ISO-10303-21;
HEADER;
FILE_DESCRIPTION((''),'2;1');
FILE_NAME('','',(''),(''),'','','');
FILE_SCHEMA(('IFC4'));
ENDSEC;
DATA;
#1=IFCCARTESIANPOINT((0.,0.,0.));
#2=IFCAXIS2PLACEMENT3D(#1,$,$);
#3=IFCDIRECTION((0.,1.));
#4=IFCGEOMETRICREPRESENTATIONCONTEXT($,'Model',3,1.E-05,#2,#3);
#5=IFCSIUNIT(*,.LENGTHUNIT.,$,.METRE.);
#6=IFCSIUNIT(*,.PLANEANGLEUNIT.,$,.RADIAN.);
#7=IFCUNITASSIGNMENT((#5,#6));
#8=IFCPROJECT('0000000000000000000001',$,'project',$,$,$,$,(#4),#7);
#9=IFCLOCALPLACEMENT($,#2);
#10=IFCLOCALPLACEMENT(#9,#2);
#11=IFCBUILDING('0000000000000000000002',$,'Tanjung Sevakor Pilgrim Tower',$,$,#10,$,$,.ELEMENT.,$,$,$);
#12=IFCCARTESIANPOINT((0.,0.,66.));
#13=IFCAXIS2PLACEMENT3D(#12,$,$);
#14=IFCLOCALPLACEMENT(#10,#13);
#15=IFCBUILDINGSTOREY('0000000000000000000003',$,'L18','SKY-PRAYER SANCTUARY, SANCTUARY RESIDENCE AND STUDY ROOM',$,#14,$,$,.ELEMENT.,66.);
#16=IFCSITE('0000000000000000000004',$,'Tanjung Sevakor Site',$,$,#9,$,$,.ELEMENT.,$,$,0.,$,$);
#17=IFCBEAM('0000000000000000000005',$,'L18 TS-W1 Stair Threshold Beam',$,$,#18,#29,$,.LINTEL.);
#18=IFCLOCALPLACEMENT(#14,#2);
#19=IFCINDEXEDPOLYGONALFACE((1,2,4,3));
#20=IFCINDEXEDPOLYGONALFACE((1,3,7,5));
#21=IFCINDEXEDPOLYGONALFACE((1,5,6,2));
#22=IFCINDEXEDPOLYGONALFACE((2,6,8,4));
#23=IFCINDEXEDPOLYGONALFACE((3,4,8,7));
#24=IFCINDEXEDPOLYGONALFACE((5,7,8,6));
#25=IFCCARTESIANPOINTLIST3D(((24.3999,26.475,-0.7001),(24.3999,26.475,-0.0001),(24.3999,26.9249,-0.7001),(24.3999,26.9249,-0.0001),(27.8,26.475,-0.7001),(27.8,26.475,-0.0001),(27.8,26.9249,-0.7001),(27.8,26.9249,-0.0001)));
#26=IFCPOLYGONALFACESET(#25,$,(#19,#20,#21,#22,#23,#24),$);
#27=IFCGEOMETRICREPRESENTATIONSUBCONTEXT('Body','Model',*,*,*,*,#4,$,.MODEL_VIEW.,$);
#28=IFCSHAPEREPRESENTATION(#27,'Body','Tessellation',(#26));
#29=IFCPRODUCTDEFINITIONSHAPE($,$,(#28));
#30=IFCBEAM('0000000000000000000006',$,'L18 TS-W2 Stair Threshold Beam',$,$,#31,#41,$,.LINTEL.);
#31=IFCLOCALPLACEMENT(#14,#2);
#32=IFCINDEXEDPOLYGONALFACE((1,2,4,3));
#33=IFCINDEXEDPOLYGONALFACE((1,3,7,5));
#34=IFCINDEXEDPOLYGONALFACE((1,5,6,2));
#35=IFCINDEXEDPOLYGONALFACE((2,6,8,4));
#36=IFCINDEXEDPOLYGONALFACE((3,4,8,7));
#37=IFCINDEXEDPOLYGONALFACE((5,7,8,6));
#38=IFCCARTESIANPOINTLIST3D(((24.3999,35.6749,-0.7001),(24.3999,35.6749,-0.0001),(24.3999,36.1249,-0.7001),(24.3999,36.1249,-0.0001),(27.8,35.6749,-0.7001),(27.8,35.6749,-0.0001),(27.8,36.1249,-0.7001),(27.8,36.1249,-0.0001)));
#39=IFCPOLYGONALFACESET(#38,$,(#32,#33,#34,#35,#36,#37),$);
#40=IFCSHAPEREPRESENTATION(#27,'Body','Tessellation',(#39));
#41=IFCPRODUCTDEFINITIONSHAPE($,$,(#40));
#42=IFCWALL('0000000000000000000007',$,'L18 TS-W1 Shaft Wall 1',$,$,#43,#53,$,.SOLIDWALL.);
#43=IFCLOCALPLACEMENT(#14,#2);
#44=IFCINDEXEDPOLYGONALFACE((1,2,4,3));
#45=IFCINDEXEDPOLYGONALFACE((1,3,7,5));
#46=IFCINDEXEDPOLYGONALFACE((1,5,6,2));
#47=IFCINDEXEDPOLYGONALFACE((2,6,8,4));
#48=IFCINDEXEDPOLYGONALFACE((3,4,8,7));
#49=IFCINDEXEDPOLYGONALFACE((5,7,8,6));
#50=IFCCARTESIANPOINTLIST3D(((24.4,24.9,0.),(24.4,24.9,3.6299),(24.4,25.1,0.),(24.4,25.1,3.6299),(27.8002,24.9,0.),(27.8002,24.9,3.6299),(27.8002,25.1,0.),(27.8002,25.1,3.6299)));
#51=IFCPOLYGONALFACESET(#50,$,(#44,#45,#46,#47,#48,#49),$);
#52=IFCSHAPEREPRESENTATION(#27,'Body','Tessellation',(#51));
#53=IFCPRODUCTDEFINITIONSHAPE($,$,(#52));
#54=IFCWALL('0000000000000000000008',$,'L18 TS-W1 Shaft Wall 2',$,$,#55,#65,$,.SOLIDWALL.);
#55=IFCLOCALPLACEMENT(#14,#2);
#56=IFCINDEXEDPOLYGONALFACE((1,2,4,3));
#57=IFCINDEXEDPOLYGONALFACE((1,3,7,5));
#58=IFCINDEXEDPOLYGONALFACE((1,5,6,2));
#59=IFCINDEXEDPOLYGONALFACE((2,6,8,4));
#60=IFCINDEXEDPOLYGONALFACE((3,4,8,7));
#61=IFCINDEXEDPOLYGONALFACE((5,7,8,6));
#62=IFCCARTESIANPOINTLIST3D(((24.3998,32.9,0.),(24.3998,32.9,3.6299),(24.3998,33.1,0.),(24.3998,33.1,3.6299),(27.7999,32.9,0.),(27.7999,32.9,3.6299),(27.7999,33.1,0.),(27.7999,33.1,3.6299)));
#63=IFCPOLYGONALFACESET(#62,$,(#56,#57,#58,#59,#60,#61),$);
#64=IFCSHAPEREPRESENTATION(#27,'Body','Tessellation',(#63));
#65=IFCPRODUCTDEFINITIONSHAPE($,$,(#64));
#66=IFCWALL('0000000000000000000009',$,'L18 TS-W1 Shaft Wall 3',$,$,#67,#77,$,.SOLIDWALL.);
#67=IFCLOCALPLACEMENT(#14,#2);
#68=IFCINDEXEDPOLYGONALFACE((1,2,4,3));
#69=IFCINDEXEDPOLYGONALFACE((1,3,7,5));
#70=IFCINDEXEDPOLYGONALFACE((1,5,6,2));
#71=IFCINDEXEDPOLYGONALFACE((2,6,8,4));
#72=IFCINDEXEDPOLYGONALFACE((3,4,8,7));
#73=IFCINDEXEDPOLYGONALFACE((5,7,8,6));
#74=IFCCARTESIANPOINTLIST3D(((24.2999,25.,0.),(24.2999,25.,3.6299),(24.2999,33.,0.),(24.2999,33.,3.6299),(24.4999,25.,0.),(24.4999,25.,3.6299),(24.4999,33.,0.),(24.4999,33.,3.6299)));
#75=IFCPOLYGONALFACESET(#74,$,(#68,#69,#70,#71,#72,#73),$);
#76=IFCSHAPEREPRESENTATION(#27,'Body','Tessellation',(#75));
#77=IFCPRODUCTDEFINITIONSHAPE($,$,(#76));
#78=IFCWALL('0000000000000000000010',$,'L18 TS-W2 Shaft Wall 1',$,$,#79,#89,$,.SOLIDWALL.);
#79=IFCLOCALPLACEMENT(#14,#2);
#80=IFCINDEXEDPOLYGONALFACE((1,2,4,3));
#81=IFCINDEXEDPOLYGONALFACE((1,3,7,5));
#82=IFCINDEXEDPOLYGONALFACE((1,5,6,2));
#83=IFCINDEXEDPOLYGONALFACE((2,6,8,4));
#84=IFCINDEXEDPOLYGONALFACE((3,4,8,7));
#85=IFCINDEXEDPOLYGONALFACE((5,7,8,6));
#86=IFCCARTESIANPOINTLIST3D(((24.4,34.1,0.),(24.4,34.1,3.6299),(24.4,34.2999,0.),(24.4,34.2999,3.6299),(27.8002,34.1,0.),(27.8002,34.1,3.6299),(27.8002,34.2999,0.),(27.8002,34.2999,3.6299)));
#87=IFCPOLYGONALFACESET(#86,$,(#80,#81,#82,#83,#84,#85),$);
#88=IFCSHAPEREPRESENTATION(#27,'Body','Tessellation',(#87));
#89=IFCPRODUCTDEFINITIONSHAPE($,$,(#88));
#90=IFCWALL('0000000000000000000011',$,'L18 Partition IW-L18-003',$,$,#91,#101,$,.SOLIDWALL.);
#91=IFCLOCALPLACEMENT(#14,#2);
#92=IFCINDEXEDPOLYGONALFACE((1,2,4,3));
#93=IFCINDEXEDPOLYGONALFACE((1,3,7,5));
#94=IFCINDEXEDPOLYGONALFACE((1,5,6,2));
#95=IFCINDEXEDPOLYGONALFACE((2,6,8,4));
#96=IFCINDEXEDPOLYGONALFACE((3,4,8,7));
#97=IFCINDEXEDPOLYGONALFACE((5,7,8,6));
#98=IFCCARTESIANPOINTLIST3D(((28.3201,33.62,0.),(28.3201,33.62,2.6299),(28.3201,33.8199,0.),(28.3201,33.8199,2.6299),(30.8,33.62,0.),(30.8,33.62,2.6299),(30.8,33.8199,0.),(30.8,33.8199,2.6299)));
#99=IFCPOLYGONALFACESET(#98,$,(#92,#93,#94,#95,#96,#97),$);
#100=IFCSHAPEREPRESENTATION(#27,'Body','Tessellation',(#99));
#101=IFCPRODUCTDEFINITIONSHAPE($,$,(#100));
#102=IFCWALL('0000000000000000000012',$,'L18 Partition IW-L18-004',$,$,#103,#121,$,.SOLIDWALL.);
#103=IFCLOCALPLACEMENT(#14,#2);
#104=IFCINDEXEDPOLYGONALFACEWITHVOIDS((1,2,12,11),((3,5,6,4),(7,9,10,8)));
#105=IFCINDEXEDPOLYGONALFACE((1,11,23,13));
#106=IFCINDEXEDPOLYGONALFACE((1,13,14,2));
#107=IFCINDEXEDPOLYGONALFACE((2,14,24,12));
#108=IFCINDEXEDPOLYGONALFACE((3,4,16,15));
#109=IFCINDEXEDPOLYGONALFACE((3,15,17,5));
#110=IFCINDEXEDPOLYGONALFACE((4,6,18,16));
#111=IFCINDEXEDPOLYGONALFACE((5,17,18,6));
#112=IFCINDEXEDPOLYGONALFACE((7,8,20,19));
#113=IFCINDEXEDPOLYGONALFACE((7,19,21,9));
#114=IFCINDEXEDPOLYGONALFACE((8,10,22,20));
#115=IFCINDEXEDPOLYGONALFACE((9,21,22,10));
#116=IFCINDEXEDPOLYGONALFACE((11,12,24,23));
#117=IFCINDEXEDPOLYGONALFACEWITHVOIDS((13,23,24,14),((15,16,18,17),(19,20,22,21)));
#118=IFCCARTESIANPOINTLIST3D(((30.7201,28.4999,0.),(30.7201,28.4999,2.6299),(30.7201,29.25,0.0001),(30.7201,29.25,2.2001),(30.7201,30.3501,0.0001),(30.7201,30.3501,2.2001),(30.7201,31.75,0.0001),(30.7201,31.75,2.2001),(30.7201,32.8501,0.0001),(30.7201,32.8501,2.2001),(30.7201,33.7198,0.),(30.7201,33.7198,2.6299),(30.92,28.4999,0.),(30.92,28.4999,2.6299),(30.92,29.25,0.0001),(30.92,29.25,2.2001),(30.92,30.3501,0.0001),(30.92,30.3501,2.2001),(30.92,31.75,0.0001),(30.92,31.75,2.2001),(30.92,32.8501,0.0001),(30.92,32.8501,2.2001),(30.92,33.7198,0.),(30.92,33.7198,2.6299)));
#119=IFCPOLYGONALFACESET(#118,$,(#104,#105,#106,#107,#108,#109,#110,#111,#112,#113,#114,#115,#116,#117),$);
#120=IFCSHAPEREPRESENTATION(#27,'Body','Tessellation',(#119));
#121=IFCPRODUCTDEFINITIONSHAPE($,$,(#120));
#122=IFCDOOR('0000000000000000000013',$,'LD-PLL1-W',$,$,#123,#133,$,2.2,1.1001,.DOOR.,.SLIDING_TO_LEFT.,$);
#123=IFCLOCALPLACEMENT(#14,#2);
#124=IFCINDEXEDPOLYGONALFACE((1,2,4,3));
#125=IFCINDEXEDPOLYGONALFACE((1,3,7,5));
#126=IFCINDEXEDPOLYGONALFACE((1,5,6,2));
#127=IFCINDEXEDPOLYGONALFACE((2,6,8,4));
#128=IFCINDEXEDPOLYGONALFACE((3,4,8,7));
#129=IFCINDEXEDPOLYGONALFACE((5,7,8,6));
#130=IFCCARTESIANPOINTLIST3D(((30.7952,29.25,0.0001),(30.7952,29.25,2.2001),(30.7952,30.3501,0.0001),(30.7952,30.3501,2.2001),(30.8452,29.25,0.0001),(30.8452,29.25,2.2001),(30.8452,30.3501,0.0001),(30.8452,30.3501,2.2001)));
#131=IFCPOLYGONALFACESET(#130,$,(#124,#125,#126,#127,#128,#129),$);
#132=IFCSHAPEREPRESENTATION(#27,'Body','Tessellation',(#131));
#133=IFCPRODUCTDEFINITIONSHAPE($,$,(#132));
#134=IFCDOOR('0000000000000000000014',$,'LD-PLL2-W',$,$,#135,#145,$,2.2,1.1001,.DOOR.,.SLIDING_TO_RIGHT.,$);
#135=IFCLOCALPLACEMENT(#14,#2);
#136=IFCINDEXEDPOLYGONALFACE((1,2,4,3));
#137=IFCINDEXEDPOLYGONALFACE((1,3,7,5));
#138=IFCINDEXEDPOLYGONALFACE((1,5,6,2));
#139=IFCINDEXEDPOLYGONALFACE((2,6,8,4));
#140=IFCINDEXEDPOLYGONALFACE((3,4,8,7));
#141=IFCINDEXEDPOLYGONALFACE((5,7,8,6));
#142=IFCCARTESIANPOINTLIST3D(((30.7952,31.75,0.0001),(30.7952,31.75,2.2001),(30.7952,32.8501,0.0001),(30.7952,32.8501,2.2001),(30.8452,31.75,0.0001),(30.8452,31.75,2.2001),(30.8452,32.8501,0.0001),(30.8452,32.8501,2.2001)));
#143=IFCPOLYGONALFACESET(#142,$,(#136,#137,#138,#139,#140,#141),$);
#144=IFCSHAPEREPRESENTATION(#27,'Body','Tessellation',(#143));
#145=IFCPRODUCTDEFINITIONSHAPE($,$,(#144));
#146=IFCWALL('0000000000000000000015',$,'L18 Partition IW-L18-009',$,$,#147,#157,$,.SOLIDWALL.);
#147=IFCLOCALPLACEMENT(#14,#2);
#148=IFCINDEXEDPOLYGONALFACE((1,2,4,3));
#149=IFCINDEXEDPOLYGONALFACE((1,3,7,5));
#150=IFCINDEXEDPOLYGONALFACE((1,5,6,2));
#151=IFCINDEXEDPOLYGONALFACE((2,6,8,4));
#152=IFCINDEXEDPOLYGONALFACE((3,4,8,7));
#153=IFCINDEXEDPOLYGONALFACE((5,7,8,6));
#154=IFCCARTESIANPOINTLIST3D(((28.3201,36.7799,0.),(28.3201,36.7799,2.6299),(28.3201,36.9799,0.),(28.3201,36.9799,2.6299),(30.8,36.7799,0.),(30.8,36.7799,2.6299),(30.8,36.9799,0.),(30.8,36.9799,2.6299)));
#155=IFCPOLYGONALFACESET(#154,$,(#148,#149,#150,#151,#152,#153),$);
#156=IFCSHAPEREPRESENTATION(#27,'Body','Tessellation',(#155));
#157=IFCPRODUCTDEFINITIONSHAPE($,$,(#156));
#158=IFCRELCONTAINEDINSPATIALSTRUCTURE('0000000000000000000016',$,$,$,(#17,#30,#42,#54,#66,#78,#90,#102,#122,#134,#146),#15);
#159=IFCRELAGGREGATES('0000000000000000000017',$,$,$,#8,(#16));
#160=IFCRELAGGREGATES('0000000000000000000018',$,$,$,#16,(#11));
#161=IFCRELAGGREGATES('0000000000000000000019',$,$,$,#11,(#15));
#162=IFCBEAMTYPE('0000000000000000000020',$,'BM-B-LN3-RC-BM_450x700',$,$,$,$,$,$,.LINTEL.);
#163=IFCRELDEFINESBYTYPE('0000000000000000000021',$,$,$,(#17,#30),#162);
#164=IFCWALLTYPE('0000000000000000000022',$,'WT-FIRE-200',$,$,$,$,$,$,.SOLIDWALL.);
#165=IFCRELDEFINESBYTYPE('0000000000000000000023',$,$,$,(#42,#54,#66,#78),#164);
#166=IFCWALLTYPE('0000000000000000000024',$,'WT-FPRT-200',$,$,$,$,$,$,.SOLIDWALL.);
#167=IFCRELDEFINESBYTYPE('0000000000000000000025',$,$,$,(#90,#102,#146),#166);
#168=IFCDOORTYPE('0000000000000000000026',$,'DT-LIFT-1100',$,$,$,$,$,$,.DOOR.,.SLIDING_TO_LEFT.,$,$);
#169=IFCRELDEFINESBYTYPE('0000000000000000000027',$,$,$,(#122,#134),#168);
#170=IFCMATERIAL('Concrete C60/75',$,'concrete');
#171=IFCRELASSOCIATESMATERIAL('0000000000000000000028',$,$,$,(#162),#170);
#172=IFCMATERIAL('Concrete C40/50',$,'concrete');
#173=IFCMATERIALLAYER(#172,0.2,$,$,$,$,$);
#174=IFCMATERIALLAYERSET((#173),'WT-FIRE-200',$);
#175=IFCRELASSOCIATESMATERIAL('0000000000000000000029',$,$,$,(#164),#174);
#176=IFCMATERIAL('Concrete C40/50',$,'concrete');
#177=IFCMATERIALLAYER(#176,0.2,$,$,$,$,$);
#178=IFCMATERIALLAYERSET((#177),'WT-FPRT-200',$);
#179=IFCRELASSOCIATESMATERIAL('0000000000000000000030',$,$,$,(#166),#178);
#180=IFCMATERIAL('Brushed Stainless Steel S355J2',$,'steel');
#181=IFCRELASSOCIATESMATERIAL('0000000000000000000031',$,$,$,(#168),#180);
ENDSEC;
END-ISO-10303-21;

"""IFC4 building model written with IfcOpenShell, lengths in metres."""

from ifc_helpers import new_model, si_unit, direction, frame, frame_2d, origin, origin_2d, place, context, subcontext, project, spatial, rectangle, extrude, material, layer, layer_set, material_profile, profile_set, type_object, element, fill, save


model = new_model("IFC4")

# Units and contexts
model_context = context("Model", 3, precision=1e-05, world=origin(), true_north=direction((0.0, 1.0)))
body_context = subcontext(model_context, "Body", "Model", "MODEL_VIEW")
ifc_project = project(units=[si_unit("LENGTHUNIT", "METRE"), si_unit("PLANEANGLEUNIT", "RADIAN")], contexts=[model_context])

# Site, building, storey
site_placement = place(None, origin())
site = spatial("IfcSite", under=ifc_project, at=site_placement, Name="Tanjung Sevakor Site", CompositionType="ELEMENT", RefElevation=0.0)
building_placement = place(site_placement, origin())
building = spatial("IfcBuilding", under=site, at=building_placement, Name="Tanjung Sevakor Pilgrim Tower", CompositionType="ELEMENT")
storey_placement = place(building_placement, frame((0.0, 0.0, 66.0)))
storey = spatial("IfcBuildingStorey", under=building, at=storey_placement, Name="L18", Description="SKY-PRAYER SANCTUARY, SANCTUARY RESIDENCE AND STUDY ROOM", CompositionType="ELEMENT", Elevation=66.0)

# Beams
ifc_material_1 = material(Name="Concrete C60/75", Category="concrete")
ifc_material_profile = material_profile(ifc_material_1, rectangle(XDim=0.45, YDim=0.7, at=origin_2d()))
ifc_profile_set = profile_set([ifc_material_profile], Name="Concrete C60/75")
beam_type = type_object("IfcBeamType", Name="BM-B-LN3-RC-BM_450x700", PredefinedType="LINTEL", material=ifc_profile_set)
for number, where, z_axis, x_axis, name in (
    (1, (24.3999, 26.7, -0.3501), (1.0, 0.0, 0.0), (0.0, 1.0, 0.0), "L18 TS-W1 Stair Threshold Beam"),
    (2, (24.3999, 35.8999, -0.3501), (1.0, 0.0, 0.0), (0.0, 1.0, 0.0), "L18 TS-W2 Stair Threshold Beam"),
):
    element("IfcBeam", number, at=place(storey_placement, frame(where, z_axis=z_axis, x_axis=x_axis)), inside=storey, type_object=beam_type, Name=name, PredefinedType="LINTEL", context=body_context, shape_type="SweptSolid", body=[
        extrude(rectangle(XDim=0.45, YDim=0.7, at=origin_2d()), origin(), (0.0, 0.0, 1.0), 3.4001),
    ])

# Walls
ifc_material_2 = material(Name="Concrete C40/50", Category="concrete")
ifc_layer_1 = layer(ifc_material_2, 0.2)
ifc_layer_set_1 = layer_set([ifc_layer_1], Name="WT-FIRE-200")
wall_type_1 = type_object("IfcWallType", Name="WT-FIRE-200", PredefinedType="SOLIDWALL", material=ifc_layer_set_1)
for number, where, z_axis, x_axis, name in (
    (3, (24.3999, 25.0, 0.0), (0.0, 0.0, 1.0), (1.0, 0.0, 0.0), "L18 TS-W1 Shaft Wall 1"),
    (4, (27.8, 33.0, 0.0), (0.0, 0.0, 1.0), (-1.0, 0.0, 0.0), "L18 TS-W1 Shaft Wall 2"),
):
    element("IfcWall", number, at=place(storey_placement, frame(where, z_axis=z_axis, x_axis=x_axis)), inside=storey, type_object=wall_type_1, Name=name, PredefinedType="SOLIDWALL", context=body_context, shape_type="SweptSolid", body=[
        extrude(rectangle(XDim=3.4001, YDim=0.2, at=frame_2d((1.7002, 0.0))), origin(), (0.0, 0.0, 1.0), 3.6299),
    ])
wall_1_placement = place(storey_placement, frame((24.3999, 33.0, 0.0), z_axis=(0.0, 0.0, 1.0), x_axis=(0.0, -1.0, 0.0)))
element("IfcWall", 5, at=wall_1_placement, inside=storey, type_object=wall_type_1, Name="L18 TS-W1 Shaft Wall 3", PredefinedType="SOLIDWALL", context=body_context, shape_type="SweptSolid", body=[
    extrude(rectangle(XDim=8.0, YDim=0.2, at=frame_2d((4.0, 0.0))), origin(), (0.0, 0.0, 1.0), 3.6299),
])
wall_2_placement = place(storey_placement, frame((24.3999, 34.2, 0.0), z_axis=(0.0, 0.0, 1.0), x_axis=(1.0, 0.0, 0.0)))
element("IfcWall", 6, at=wall_2_placement, inside=storey, type_object=wall_type_1, Name="L18 TS-W2 Shaft Wall 1", PredefinedType="SOLIDWALL", context=body_context, shape_type="SweptSolid", body=[
    extrude(rectangle(XDim=3.4001, YDim=0.2, at=frame_2d((1.7002, 0.0))), origin(), (0.0, 0.0, 1.0), 3.6299),
])

# Shared definitions
ifc_material_3 = material(Name="Concrete C40/50", Category="concrete")
ifc_layer_2 = layer(ifc_material_3, 0.2)
ifc_layer_set_2 = layer_set([ifc_layer_2], Name="WT-FPRT-200")
wall_type_2 = type_object("IfcWallType", Name="WT-FPRT-200", PredefinedType="SOLIDWALL", material=ifc_layer_set_2)

# Wall
wall_3_placement = place(storey_placement, frame((28.3201, 33.72, 0.0), z_axis=(0.0, 0.0, 1.0), x_axis=(1.0, 0.0, 0.0)))
element("IfcWall", 7, at=wall_3_placement, inside=storey, type_object=wall_type_2, Name="L18 Partition IW-L18-003", PredefinedType="SOLIDWALL", context=body_context, shape_type="SweptSolid", body=[
    extrude(rectangle(XDim=2.48, YDim=0.2, at=frame_2d((1.24, 0.0))), origin(), (0.0, 0.0, 1.0), 2.6299),
])

# Wall, openings, doors
wall_4_placement = place(storey_placement, frame((30.8201, 28.5, 0.0), z_axis=(0.0, 0.0, 1.0), x_axis=(0.0, 1.0, 0.0)))
wall_4 = element("IfcWall", 8, at=wall_4_placement, inside=storey, type_object=wall_type_2, Name="L18 Partition IW-L18-004", PredefinedType="SOLIDWALL", context=body_context, shape_type="SweptSolid", body=[
    extrude(rectangle(XDim=5.22, YDim=0.2, at=frame_2d((2.6099, 0.0))), origin(), (0.0, 0.0, 1.0), 2.6299),
])
opening_1_placement = place(wall_4_placement, frame((0.75, 0.0, 0.0)))
opening_1 = element("IfcOpeningElement", 9, at=opening_1_placement, cuts=wall_4, PredefinedType="OPENING", context=body_context, shape_type="SweptSolid", body=[
    extrude(rectangle(XDim=1.1001, YDim=2.2, at=frame_2d((0.55, 1.1001))), frame((0.0, 0.1099, 0.0), z_axis=(0.0, -1.0, 0.0), x_axis=(1.0, 0.0, 0.0)), (0.0, 0.0, 1.0), 0.22),
])
opening_2_placement = place(wall_4_placement, frame((3.25, 0.0, 0.0)))
opening_2 = element("IfcOpeningElement", 10, at=opening_2_placement, cuts=wall_4, PredefinedType="OPENING", context=body_context, shape_type="SweptSolid", body=[
    extrude(rectangle(XDim=1.1001, YDim=2.2, at=frame_2d((0.55, 1.1001))), frame((0.0, 0.1099, 0.0), z_axis=(0.0, -1.0, 0.0), x_axis=(1.0, 0.0, 0.0)), (0.0, 0.0, 1.0), 0.22),
])
ifc_material_4 = material(Name="Brushed Stainless Steel S355J2", Category="steel")
door_type_1 = type_object("IfcDoorType", Name="DT-LIFT-1100", OperationType="SLIDING_TO_LEFT", PredefinedType="DOOR", material=ifc_material_4)
door_1_placement = place(opening_1_placement, origin())
door_1 = element("IfcDoor", 11, at=door_1_placement, inside=storey, type_object=door_type_1, Name="LD-PLL1-W", OperationType="SLIDING_TO_LEFT", OverallHeight=2.2, OverallWidth=1.1001, PredefinedType="DOOR", context=body_context, shape_type="SweptSolid", body=[
    extrude(rectangle(XDim=1.1001, YDim=2.2, at=frame_2d((0.55, 1.1001))), frame((0.0, 0.0249, 0.0), z_axis=(0.0, -1.0, 0.0), x_axis=(1.0, 0.0, 0.0)), (0.0, 0.0, 1.0), 0.05),
])
fill(opening_1, door_1)
door_2_placement = place(opening_2_placement, origin())
door_2 = element("IfcDoor", 12, at=door_2_placement, inside=storey, type_object=door_type_1, Name="LD-PLL2-W", OperationType="SLIDING_TO_RIGHT", OverallHeight=2.2, OverallWidth=1.1001, PredefinedType="DOOR", context=body_context, shape_type="SweptSolid", body=[
    extrude(rectangle(XDim=1.1001, YDim=2.2, at=frame_2d((0.55, 1.1001))), frame((0.0, 0.0249, 0.0), z_axis=(0.0, -1.0, 0.0), x_axis=(1.0, 0.0, 0.0)), (0.0, 0.0, 1.0), 0.05),
])
fill(opening_2, door_2)

# Wall
wall_5_placement = place(storey_placement, frame((28.3201, 36.8799, 0.0), z_axis=(0.0, 0.0, 1.0), x_axis=(1.0, 0.0, 0.0)))
element("IfcWall", 13, at=wall_5_placement, inside=storey, type_object=wall_type_2, Name="L18 Partition IW-L18-009", PredefinedType="SOLIDWALL", context=body_context, shape_type="SweptSolid", body=[
    extrude(rectangle(XDim=2.48, YDim=0.2, at=frame_2d((1.24, 0.0))), origin(), (0.0, 0.0, 1.0), 2.6299),
])

save(model, "model.ifc")
